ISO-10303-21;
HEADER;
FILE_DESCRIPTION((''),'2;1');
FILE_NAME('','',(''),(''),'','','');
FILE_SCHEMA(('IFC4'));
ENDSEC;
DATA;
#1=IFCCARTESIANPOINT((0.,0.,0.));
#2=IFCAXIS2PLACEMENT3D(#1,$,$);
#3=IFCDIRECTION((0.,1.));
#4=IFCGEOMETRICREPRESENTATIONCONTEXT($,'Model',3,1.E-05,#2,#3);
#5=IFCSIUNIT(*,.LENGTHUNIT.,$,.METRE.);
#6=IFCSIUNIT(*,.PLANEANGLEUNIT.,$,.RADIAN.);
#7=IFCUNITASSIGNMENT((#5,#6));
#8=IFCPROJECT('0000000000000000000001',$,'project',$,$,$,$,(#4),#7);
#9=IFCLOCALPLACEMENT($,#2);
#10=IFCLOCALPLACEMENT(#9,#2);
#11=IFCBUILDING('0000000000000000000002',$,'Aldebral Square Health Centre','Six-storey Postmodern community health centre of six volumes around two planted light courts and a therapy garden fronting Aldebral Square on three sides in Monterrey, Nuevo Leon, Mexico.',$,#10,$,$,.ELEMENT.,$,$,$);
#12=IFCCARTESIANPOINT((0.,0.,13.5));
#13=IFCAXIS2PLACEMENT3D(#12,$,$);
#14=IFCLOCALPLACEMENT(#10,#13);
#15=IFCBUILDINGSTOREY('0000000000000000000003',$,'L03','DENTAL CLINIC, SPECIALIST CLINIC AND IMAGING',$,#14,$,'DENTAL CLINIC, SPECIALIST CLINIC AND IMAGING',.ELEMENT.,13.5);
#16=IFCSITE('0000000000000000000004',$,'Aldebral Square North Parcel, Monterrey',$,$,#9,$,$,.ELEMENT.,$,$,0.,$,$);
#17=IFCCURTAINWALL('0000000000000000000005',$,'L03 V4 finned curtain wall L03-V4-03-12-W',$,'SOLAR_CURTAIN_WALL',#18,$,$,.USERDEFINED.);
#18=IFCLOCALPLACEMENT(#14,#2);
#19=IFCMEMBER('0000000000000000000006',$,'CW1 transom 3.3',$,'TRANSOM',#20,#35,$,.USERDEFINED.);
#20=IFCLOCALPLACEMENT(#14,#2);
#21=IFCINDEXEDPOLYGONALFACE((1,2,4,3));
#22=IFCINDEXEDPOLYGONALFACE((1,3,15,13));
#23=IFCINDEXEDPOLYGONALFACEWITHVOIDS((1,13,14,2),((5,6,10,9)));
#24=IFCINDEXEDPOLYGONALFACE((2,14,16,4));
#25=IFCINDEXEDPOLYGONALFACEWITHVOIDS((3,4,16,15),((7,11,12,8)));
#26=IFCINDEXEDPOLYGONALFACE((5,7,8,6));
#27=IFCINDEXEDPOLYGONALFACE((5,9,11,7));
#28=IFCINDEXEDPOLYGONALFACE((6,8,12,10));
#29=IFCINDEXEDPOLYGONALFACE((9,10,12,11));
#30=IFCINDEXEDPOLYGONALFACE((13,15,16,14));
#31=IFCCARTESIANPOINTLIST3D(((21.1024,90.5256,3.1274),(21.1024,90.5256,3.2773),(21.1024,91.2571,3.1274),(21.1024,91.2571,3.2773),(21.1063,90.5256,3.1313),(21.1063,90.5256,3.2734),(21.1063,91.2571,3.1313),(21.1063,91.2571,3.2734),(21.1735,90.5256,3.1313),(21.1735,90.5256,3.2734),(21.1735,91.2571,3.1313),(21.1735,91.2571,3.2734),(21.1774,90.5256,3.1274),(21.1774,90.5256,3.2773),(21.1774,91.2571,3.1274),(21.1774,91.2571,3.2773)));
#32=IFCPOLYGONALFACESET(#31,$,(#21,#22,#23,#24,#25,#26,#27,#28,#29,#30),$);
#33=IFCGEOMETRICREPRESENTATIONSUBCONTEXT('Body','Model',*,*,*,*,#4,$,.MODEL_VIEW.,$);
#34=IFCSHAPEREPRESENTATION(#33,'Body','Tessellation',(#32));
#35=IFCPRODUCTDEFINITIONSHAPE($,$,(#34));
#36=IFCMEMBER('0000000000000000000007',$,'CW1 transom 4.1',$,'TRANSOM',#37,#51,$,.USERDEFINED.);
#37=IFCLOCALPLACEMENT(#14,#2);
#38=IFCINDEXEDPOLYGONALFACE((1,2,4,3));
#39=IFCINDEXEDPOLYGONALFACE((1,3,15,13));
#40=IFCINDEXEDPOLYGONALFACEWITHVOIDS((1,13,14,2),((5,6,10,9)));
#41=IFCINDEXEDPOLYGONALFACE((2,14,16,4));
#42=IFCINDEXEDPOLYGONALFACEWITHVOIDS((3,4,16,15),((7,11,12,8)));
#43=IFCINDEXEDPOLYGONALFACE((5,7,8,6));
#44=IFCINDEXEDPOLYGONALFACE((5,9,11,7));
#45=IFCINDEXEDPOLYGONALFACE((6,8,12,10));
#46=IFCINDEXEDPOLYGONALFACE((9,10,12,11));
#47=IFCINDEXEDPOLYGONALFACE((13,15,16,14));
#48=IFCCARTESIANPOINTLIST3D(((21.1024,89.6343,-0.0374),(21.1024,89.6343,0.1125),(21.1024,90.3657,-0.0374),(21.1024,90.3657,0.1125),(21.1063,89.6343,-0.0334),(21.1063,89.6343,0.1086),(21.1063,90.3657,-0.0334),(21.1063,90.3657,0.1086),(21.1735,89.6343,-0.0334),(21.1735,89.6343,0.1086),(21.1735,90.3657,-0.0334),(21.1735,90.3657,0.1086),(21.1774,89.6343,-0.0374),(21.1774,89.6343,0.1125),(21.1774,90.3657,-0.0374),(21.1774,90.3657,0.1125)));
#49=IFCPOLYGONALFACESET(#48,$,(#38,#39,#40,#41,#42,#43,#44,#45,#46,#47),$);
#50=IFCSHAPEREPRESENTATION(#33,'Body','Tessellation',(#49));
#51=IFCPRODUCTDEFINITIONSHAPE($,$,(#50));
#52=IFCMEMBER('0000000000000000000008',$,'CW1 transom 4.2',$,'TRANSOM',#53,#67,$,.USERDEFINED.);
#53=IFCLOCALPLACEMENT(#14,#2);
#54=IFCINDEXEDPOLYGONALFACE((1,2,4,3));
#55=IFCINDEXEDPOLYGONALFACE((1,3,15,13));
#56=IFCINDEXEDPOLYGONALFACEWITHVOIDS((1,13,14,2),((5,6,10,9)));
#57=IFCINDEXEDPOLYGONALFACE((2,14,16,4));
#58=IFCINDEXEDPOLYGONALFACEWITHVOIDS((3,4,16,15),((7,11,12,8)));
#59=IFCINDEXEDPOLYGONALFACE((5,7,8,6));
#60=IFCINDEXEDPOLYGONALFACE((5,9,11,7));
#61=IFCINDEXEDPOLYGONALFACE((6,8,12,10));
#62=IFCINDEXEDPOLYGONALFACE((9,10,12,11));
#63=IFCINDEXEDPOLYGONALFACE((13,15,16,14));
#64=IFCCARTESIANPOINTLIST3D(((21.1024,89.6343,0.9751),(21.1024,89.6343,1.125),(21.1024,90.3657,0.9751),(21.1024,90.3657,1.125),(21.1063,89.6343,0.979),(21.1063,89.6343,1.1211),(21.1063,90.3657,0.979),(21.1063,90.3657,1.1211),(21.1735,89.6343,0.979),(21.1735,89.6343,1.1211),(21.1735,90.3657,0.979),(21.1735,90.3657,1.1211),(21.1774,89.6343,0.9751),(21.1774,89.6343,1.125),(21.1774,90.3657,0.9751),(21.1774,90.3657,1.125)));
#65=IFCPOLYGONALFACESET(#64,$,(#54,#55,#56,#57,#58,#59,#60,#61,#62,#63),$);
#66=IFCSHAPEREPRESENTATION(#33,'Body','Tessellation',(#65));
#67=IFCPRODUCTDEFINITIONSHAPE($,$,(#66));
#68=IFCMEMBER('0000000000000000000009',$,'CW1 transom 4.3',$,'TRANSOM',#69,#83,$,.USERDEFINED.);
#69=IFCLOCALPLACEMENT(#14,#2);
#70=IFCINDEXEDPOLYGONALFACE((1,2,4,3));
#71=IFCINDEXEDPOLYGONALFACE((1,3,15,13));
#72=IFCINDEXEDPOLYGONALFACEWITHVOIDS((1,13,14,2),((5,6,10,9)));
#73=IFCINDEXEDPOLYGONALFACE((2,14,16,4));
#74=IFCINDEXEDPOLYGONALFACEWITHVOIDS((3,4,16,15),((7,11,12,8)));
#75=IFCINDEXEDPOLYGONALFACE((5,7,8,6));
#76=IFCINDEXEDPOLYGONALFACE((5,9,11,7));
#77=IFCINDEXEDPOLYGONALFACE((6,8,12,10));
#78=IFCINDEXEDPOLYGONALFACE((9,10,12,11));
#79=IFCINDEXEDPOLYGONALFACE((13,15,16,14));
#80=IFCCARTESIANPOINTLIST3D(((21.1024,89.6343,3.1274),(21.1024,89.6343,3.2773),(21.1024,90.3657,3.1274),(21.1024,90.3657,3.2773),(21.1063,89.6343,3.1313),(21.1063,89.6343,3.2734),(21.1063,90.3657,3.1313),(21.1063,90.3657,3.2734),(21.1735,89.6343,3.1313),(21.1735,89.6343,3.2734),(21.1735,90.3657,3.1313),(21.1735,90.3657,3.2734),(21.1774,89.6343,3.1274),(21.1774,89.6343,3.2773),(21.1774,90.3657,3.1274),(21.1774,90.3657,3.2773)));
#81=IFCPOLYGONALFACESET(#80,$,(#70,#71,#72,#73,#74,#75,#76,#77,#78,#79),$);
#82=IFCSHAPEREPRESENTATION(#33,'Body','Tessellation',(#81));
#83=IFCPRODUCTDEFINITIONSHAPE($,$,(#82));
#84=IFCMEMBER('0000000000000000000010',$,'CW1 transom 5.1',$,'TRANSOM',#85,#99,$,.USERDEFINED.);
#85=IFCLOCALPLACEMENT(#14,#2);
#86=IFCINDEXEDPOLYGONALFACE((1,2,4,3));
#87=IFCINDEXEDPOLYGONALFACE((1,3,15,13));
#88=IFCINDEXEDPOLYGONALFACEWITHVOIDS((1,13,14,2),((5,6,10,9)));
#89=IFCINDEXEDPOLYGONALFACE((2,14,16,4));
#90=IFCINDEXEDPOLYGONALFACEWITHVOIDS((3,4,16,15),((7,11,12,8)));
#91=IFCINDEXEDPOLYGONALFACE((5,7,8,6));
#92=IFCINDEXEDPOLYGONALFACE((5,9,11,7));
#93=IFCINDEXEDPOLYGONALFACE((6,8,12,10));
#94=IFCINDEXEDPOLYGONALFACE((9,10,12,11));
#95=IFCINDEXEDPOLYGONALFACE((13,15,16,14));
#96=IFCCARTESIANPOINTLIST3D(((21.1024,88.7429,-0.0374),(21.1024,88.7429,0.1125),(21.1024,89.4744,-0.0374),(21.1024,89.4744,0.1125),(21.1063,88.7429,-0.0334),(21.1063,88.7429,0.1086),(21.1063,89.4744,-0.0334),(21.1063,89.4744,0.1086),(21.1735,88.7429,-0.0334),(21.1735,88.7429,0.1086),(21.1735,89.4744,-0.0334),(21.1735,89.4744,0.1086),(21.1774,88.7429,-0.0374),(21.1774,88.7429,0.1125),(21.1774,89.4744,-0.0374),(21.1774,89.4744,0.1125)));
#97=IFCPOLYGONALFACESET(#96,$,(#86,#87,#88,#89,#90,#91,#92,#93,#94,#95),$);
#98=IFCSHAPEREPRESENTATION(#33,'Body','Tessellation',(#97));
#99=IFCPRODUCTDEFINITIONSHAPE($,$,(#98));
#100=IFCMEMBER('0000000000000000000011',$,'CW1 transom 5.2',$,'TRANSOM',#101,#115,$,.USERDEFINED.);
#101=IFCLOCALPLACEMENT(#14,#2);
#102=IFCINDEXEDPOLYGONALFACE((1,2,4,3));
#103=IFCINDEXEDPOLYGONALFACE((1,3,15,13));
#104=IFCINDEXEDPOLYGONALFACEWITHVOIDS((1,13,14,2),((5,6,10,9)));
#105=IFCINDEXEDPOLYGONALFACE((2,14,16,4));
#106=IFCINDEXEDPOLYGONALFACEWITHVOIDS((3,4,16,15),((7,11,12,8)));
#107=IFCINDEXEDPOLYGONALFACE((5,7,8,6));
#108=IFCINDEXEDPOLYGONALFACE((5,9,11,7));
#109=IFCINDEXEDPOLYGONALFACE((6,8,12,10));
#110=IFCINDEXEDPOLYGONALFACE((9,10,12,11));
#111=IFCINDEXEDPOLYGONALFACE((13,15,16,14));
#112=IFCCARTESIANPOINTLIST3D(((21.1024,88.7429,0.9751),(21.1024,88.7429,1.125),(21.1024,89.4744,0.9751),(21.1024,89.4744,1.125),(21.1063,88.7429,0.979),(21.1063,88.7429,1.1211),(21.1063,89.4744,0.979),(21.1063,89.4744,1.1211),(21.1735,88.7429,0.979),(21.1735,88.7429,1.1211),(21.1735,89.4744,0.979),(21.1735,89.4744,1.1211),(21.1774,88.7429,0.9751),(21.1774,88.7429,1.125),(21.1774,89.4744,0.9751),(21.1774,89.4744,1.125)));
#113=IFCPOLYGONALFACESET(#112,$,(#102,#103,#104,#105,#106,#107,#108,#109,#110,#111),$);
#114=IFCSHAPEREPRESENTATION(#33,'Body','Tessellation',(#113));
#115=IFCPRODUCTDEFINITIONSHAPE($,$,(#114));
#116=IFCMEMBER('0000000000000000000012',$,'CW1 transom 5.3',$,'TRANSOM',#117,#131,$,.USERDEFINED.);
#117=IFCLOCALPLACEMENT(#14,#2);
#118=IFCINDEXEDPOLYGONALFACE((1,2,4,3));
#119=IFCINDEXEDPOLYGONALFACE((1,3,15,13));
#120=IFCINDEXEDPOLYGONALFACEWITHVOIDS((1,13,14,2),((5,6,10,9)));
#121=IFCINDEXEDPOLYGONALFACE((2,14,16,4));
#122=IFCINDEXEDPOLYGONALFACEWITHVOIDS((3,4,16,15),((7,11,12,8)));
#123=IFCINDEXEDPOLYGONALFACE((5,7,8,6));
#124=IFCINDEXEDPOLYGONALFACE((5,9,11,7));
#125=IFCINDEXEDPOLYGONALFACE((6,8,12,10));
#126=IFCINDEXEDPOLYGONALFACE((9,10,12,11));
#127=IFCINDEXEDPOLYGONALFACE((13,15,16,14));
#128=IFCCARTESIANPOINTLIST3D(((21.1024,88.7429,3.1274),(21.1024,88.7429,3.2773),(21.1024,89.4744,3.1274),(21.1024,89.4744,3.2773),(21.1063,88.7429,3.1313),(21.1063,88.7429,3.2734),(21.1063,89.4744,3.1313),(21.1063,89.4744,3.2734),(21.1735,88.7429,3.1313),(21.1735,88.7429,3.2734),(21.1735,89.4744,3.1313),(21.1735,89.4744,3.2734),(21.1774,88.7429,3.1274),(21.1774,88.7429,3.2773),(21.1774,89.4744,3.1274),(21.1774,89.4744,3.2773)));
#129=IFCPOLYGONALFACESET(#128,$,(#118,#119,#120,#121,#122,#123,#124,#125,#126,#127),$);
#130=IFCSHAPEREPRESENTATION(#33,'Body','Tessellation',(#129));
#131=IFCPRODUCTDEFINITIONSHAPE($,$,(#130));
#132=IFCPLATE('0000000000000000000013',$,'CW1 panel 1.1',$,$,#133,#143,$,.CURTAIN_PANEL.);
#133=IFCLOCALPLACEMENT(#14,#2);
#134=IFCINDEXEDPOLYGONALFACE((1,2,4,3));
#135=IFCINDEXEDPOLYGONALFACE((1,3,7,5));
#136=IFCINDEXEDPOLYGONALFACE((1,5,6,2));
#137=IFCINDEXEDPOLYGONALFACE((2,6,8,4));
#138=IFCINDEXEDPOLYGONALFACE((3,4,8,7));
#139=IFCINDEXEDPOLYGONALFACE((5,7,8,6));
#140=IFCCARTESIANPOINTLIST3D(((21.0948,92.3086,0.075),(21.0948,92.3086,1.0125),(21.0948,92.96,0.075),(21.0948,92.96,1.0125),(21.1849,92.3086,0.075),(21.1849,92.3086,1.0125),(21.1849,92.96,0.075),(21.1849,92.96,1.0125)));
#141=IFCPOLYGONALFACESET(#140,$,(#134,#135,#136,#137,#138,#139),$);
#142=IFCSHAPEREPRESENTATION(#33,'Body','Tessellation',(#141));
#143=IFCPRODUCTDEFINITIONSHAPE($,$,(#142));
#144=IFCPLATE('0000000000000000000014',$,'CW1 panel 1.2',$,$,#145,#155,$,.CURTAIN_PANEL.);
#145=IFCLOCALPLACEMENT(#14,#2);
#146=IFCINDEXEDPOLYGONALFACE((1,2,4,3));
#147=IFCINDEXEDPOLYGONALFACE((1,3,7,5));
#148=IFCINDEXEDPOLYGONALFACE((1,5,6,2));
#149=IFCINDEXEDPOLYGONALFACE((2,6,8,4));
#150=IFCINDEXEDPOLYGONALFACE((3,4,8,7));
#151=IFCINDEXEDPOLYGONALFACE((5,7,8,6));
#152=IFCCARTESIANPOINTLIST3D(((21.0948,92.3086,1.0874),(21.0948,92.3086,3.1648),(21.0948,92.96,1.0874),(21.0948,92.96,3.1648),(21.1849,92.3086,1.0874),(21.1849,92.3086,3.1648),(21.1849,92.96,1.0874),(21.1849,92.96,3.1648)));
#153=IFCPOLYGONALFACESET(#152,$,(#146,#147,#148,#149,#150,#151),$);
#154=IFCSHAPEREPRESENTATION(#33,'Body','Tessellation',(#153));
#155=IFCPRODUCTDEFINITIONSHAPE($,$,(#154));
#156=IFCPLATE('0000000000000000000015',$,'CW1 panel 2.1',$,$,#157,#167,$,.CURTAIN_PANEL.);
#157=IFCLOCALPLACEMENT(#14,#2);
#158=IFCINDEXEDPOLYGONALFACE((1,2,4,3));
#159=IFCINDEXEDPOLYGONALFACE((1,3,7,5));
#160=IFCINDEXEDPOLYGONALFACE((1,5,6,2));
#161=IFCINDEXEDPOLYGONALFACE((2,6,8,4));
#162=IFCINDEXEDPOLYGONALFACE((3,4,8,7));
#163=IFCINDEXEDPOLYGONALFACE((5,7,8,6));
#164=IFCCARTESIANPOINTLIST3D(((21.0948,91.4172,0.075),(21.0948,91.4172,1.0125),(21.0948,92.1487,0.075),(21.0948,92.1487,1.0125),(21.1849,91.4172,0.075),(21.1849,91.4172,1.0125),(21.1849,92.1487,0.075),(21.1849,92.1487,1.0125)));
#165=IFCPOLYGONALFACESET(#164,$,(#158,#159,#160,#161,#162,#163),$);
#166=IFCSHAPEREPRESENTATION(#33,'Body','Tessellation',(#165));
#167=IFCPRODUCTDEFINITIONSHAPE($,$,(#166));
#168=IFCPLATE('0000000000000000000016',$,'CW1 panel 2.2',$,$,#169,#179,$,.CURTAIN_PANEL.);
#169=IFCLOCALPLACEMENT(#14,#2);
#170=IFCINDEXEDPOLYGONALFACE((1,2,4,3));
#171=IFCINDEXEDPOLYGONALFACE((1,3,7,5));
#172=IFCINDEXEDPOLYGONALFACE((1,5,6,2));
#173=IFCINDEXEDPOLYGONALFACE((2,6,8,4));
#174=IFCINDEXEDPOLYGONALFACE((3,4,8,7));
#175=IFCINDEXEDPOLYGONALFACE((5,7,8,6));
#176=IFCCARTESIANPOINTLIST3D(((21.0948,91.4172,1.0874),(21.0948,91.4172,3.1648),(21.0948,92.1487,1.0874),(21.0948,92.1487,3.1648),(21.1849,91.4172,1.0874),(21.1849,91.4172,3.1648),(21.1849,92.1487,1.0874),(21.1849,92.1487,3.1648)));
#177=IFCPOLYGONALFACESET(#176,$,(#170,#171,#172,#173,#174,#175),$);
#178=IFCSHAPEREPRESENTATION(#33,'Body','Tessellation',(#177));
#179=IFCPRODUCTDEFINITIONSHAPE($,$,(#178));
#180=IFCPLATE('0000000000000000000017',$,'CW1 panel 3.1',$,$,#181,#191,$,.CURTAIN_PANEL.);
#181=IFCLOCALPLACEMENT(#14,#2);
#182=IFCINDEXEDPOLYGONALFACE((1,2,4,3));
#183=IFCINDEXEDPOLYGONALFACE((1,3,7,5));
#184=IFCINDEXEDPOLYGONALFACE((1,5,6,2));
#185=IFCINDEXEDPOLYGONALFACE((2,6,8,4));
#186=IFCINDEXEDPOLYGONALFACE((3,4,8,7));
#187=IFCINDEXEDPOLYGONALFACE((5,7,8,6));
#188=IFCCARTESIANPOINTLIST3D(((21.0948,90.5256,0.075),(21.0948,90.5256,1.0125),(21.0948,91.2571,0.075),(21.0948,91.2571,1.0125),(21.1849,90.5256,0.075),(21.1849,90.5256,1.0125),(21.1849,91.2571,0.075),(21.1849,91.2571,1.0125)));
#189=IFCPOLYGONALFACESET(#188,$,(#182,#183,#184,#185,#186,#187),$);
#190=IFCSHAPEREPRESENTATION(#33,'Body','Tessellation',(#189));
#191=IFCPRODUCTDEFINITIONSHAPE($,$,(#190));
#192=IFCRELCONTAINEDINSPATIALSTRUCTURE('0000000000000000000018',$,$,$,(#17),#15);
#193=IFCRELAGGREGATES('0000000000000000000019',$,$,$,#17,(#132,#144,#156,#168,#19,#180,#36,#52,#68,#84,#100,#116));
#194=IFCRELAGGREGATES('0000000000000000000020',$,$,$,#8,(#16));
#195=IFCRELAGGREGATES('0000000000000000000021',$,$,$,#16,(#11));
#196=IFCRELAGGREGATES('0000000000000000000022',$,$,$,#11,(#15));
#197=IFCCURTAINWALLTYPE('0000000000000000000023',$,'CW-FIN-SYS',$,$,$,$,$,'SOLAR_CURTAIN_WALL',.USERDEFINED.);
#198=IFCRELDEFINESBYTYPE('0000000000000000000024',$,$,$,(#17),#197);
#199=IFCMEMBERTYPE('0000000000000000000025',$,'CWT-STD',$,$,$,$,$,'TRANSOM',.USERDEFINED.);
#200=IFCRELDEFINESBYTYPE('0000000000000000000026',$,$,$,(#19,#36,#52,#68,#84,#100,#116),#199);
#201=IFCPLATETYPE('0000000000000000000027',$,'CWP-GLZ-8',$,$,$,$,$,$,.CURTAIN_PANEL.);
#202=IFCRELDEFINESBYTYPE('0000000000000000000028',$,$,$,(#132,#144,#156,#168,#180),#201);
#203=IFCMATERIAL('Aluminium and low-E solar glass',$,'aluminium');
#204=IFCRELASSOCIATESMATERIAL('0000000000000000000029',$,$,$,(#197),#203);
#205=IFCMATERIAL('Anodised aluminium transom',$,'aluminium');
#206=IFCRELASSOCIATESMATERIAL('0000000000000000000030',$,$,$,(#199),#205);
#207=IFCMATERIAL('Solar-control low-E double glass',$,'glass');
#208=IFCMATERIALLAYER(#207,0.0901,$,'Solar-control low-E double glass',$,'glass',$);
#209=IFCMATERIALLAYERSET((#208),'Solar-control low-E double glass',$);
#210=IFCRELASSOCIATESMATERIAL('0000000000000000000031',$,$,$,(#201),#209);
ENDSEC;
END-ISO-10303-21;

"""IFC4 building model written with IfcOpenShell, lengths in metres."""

from ifc_helpers import new_model, si_unit, direction, frame, origin, origin_2d, place, context, subcontext, project, spatial, rectangle, hollow_rectangle, extrude, material, layer, layer_set, material_profile, profile_set, type_object, element, aggregate, save


model = new_model("IFC4")

# Units and contexts
model_context = context("Model", 3, precision=1e-05, world=origin(), true_north=direction((0.0, 1.0)))
body_context = subcontext(model_context, "Body", "Model", "MODEL_VIEW")
ifc_project = project(units=[si_unit("LENGTHUNIT", "METRE"), si_unit("PLANEANGLEUNIT", "RADIAN")], contexts=[model_context])

# Site, building, storey
site_placement = place(None, origin())
site = spatial("IfcSite", under=ifc_project, at=site_placement, Name="Aldebral Square North Parcel, Monterrey", CompositionType="ELEMENT", RefElevation=0.0)
building_placement = place(site_placement, origin())
building = spatial("IfcBuilding", under=site, at=building_placement, Name="Aldebral Square Health Centre", Description="Six-storey Postmodern community health centre of six volumes around two planted light courts and a therapy garden fronting Aldebral Square on three sides in Monterrey, Nuevo Leon, Mexico.", CompositionType="ELEMENT")
storey_placement = place(building_placement, frame((0.0, 0.0, 13.5)))
storey = spatial("IfcBuildingStorey", under=building, at=storey_placement, Name="L03", Description="DENTAL CLINIC, SPECIALIST CLINIC AND IMAGING", LongName="DENTAL CLINIC, SPECIALIST CLINIC AND IMAGING", CompositionType="ELEMENT", Elevation=13.5)

# Curtain wall, members, plates
ifc_material_1 = material(Name="Aluminium and low-E solar glass", Category="aluminium")
curtain_wall_type = type_object("IfcCurtainWallType", Name="CW-FIN-SYS", ElementType="SOLAR_CURTAIN_WALL", PredefinedType="USERDEFINED", material=ifc_material_1)
curtain_wall_placement = place(storey_placement, origin())
curtain_wall = element("IfcCurtainWall", 1, at=curtain_wall_placement, inside=storey, type_object=curtain_wall_type, Name="L03 V4 finned curtain wall L03-V4-03-12-W", ObjectType="SOLAR_CURTAIN_WALL", PredefinedType="USERDEFINED")
ifc_material_2 = material(Name="Anodised aluminium transom", Category="aluminium")
ifc_material_profile_1 = material_profile(ifc_material_2, hollow_rectangle(XDim=0.075, YDim=0.1499, WallThickness=0.0039, at=origin_2d()), Name="CWT 75x150x4")
ifc_profile_set_1 = profile_set([ifc_material_profile_1], Name="Anodised aluminium transom")
member_type_1 = type_object("IfcMemberType", Name="CWT-STD", ElementType="TRANSOM", PredefinedType="USERDEFINED", material=ifc_profile_set_1)
member_1_placement = place(storey_placement, frame((21.1399, 91.2571, 3.2024), z_axis=(0.0, -1.0, 0.0), x_axis=(1.0, 0.0, 0.0)))
member_1 = element("IfcMember", 2, at=member_1_placement, type_object=member_type_1, Name="CW1 transom 3.3", ObjectType="TRANSOM", PredefinedType="USERDEFINED", context=body_context, shape_type="SweptSolid", body=[
    extrude(hollow_rectangle(XDim=0.075, YDim=0.1499, WallThickness=0.0039, at=origin_2d()), origin(), (0.0, 0.0, 1.0), 0.7314),
])
member_2_placement = place(storey_placement, frame((21.1399, 90.3657, 0.0376), z_axis=(0.0, -1.0, 0.0), x_axis=(1.0, 0.0, 0.0)))
member_2 = element("IfcMember", 3, at=member_2_placement, type_object=member_type_1, Name="CW1 transom 4.1", ObjectType="TRANSOM", PredefinedType="USERDEFINED", context=body_context, shape_type="SweptSolid", body=[
    extrude(hollow_rectangle(XDim=0.075, YDim=0.1499, WallThickness=0.0039, at=origin_2d()), origin(), (0.0, 0.0, 1.0), 0.7314),
])
member_3_placement = place(storey_placement, frame((21.1399, 90.3657, 1.05), z_axis=(0.0, -1.0, 0.0), x_axis=(1.0, 0.0, 0.0)))
member_3 = element("IfcMember", 4, at=member_3_placement, type_object=member_type_1, Name="CW1 transom 4.2", ObjectType="TRANSOM", PredefinedType="USERDEFINED", context=body_context, shape_type="SweptSolid", body=[
    extrude(hollow_rectangle(XDim=0.075, YDim=0.1499, WallThickness=0.0039, at=origin_2d()), origin(), (0.0, 0.0, 1.0), 0.7314),
])
member_4_placement = place(storey_placement, frame((21.1399, 90.3657, 3.2024), z_axis=(0.0, -1.0, 0.0), x_axis=(1.0, 0.0, 0.0)))
member_4 = element("IfcMember", 5, at=member_4_placement, type_object=member_type_1, Name="CW1 transom 4.3", ObjectType="TRANSOM", PredefinedType="USERDEFINED", context=body_context, shape_type="SweptSolid", body=[
    extrude(hollow_rectangle(XDim=0.075, YDim=0.1499, WallThickness=0.0039, at=origin_2d()), origin(), (0.0, 0.0, 1.0), 0.7314),
])
member_5_placement = place(storey_placement, frame((21.1399, 89.4744, 0.0376), z_axis=(0.0, -1.0, 0.0), x_axis=(1.0, 0.0, 0.0)))
member_5 = element("IfcMember", 6, at=member_5_placement, type_object=member_type_1, Name="CW1 transom 5.1", ObjectType="TRANSOM", PredefinedType="USERDEFINED", context=body_context, shape_type="SweptSolid", body=[
    extrude(hollow_rectangle(XDim=0.075, YDim=0.1499, WallThickness=0.0039, at=origin_2d()), origin(), (0.0, 0.0, 1.0), 0.7314),
])
member_6_placement = place(storey_placement, frame((21.1399, 89.4744, 1.05), z_axis=(0.0, -1.0, 0.0), x_axis=(1.0, 0.0, 0.0)))
member_6 = element("IfcMember", 7, at=member_6_placement, type_object=member_type_1, Name="CW1 transom 5.2", ObjectType="TRANSOM", PredefinedType="USERDEFINED", context=body_context, shape_type="SweptSolid", body=[
    extrude(hollow_rectangle(XDim=0.075, YDim=0.1499, WallThickness=0.0039, at=origin_2d()), origin(), (0.0, 0.0, 1.0), 0.7314),
])
member_7_placement = place(storey_placement, frame((21.1399, 89.4744, 3.2024), z_axis=(0.0, -1.0, 0.0), x_axis=(1.0, 0.0, 0.0)))
member_7 = element("IfcMember", 8, at=member_7_placement, type_object=member_type_1, Name="CW1 transom 5.3", ObjectType="TRANSOM", PredefinedType="USERDEFINED", context=body_context, shape_type="SweptSolid", body=[
    extrude(hollow_rectangle(XDim=0.075, YDim=0.1499, WallThickness=0.0039, at=origin_2d()), origin(), (0.0, 0.0, 1.0), 0.7314),
])
ifc_material_3 = material(Name="Solar-control low-E double glass", Category="glass")
ifc_layer = layer(ifc_material_3, 0.0901, Name="Solar-control low-E double glass", Category="glass")
ifc_layer_set = layer_set([ifc_layer], Name="Solar-control low-E double glass")
plate_type = type_object("IfcPlateType", Name="CWP-GLZ-8", PredefinedType="CURTAIN_PANEL", material=ifc_layer_set)
plate_1_placement = place(storey_placement, frame((21.1399, 92.6343, 0.075), z_axis=(0.0, 0.0, 1.0), x_axis=(0.0, -1.0, 0.0)))
plate_1 = element("IfcPlate", 9, at=plate_1_placement, type_object=plate_type, Name="CW1 panel 1.1", PredefinedType="CURTAIN_PANEL", context=body_context, shape_type="SweptSolid", body=[
    extrude(rectangle(XDim=0.6514, YDim=0.0901, at=origin_2d()), origin(), (0.0, 0.0, 1.0), 0.9375),
])
plate_2_placement = place(storey_placement, frame((21.1399, 92.6343, 1.0874), z_axis=(0.0, 0.0, 1.0), x_axis=(0.0, -1.0, 0.0)))
plate_2 = element("IfcPlate", 10, at=plate_2_placement, type_object=plate_type, Name="CW1 panel 1.2", PredefinedType="CURTAIN_PANEL", context=body_context, shape_type="SweptSolid", body=[
    extrude(rectangle(XDim=0.6514, YDim=0.0901, at=origin_2d()), origin(), (0.0, 0.0, 1.0), 2.0774),
])
plate_3_placement = place(storey_placement, frame((21.1399, 91.783, 0.075), z_axis=(0.0, 0.0, 1.0), x_axis=(0.0, -1.0, 0.0)))
plate_3 = element("IfcPlate", 11, at=plate_3_placement, type_object=plate_type, Name="CW1 panel 2.1", PredefinedType="CURTAIN_PANEL", context=body_context, shape_type="SweptSolid", body=[
    extrude(rectangle(XDim=0.7314, YDim=0.0901, at=origin_2d()), origin(), (0.0, 0.0, 1.0), 0.9375),
])
plate_4_placement = place(storey_placement, frame((21.1399, 91.783, 1.0874), z_axis=(0.0, 0.0, 1.0), x_axis=(0.0, -1.0, 0.0)))
plate_4 = element("IfcPlate", 12, at=plate_4_placement, type_object=plate_type, Name="CW1 panel 2.2", PredefinedType="CURTAIN_PANEL", context=body_context, shape_type="SweptSolid", body=[
    extrude(rectangle(XDim=0.7314, YDim=0.0901, at=origin_2d()), origin(), (0.0, 0.0, 1.0), 2.0774),
])
plate_5_placement = place(storey_placement, frame((21.1399, 90.8914, 0.075), z_axis=(0.0, 0.0, 1.0), x_axis=(0.0, -1.0, 0.0)))
plate_5 = element("IfcPlate", 13, at=plate_5_placement, type_object=plate_type, Name="CW1 panel 3.1", PredefinedType="CURTAIN_PANEL", context=body_context, shape_type="SweptSolid", body=[
    extrude(rectangle(XDim=0.7314, YDim=0.0901, at=origin_2d()), origin(), (0.0, 0.0, 1.0), 0.9375),
])
aggregate(curtain_wall, [plate_1, plate_2, plate_3, plate_4, member_1, plate_5, member_2, member_3, member_4, member_5, member_6, member_7])

save(model, "model.ifc")
